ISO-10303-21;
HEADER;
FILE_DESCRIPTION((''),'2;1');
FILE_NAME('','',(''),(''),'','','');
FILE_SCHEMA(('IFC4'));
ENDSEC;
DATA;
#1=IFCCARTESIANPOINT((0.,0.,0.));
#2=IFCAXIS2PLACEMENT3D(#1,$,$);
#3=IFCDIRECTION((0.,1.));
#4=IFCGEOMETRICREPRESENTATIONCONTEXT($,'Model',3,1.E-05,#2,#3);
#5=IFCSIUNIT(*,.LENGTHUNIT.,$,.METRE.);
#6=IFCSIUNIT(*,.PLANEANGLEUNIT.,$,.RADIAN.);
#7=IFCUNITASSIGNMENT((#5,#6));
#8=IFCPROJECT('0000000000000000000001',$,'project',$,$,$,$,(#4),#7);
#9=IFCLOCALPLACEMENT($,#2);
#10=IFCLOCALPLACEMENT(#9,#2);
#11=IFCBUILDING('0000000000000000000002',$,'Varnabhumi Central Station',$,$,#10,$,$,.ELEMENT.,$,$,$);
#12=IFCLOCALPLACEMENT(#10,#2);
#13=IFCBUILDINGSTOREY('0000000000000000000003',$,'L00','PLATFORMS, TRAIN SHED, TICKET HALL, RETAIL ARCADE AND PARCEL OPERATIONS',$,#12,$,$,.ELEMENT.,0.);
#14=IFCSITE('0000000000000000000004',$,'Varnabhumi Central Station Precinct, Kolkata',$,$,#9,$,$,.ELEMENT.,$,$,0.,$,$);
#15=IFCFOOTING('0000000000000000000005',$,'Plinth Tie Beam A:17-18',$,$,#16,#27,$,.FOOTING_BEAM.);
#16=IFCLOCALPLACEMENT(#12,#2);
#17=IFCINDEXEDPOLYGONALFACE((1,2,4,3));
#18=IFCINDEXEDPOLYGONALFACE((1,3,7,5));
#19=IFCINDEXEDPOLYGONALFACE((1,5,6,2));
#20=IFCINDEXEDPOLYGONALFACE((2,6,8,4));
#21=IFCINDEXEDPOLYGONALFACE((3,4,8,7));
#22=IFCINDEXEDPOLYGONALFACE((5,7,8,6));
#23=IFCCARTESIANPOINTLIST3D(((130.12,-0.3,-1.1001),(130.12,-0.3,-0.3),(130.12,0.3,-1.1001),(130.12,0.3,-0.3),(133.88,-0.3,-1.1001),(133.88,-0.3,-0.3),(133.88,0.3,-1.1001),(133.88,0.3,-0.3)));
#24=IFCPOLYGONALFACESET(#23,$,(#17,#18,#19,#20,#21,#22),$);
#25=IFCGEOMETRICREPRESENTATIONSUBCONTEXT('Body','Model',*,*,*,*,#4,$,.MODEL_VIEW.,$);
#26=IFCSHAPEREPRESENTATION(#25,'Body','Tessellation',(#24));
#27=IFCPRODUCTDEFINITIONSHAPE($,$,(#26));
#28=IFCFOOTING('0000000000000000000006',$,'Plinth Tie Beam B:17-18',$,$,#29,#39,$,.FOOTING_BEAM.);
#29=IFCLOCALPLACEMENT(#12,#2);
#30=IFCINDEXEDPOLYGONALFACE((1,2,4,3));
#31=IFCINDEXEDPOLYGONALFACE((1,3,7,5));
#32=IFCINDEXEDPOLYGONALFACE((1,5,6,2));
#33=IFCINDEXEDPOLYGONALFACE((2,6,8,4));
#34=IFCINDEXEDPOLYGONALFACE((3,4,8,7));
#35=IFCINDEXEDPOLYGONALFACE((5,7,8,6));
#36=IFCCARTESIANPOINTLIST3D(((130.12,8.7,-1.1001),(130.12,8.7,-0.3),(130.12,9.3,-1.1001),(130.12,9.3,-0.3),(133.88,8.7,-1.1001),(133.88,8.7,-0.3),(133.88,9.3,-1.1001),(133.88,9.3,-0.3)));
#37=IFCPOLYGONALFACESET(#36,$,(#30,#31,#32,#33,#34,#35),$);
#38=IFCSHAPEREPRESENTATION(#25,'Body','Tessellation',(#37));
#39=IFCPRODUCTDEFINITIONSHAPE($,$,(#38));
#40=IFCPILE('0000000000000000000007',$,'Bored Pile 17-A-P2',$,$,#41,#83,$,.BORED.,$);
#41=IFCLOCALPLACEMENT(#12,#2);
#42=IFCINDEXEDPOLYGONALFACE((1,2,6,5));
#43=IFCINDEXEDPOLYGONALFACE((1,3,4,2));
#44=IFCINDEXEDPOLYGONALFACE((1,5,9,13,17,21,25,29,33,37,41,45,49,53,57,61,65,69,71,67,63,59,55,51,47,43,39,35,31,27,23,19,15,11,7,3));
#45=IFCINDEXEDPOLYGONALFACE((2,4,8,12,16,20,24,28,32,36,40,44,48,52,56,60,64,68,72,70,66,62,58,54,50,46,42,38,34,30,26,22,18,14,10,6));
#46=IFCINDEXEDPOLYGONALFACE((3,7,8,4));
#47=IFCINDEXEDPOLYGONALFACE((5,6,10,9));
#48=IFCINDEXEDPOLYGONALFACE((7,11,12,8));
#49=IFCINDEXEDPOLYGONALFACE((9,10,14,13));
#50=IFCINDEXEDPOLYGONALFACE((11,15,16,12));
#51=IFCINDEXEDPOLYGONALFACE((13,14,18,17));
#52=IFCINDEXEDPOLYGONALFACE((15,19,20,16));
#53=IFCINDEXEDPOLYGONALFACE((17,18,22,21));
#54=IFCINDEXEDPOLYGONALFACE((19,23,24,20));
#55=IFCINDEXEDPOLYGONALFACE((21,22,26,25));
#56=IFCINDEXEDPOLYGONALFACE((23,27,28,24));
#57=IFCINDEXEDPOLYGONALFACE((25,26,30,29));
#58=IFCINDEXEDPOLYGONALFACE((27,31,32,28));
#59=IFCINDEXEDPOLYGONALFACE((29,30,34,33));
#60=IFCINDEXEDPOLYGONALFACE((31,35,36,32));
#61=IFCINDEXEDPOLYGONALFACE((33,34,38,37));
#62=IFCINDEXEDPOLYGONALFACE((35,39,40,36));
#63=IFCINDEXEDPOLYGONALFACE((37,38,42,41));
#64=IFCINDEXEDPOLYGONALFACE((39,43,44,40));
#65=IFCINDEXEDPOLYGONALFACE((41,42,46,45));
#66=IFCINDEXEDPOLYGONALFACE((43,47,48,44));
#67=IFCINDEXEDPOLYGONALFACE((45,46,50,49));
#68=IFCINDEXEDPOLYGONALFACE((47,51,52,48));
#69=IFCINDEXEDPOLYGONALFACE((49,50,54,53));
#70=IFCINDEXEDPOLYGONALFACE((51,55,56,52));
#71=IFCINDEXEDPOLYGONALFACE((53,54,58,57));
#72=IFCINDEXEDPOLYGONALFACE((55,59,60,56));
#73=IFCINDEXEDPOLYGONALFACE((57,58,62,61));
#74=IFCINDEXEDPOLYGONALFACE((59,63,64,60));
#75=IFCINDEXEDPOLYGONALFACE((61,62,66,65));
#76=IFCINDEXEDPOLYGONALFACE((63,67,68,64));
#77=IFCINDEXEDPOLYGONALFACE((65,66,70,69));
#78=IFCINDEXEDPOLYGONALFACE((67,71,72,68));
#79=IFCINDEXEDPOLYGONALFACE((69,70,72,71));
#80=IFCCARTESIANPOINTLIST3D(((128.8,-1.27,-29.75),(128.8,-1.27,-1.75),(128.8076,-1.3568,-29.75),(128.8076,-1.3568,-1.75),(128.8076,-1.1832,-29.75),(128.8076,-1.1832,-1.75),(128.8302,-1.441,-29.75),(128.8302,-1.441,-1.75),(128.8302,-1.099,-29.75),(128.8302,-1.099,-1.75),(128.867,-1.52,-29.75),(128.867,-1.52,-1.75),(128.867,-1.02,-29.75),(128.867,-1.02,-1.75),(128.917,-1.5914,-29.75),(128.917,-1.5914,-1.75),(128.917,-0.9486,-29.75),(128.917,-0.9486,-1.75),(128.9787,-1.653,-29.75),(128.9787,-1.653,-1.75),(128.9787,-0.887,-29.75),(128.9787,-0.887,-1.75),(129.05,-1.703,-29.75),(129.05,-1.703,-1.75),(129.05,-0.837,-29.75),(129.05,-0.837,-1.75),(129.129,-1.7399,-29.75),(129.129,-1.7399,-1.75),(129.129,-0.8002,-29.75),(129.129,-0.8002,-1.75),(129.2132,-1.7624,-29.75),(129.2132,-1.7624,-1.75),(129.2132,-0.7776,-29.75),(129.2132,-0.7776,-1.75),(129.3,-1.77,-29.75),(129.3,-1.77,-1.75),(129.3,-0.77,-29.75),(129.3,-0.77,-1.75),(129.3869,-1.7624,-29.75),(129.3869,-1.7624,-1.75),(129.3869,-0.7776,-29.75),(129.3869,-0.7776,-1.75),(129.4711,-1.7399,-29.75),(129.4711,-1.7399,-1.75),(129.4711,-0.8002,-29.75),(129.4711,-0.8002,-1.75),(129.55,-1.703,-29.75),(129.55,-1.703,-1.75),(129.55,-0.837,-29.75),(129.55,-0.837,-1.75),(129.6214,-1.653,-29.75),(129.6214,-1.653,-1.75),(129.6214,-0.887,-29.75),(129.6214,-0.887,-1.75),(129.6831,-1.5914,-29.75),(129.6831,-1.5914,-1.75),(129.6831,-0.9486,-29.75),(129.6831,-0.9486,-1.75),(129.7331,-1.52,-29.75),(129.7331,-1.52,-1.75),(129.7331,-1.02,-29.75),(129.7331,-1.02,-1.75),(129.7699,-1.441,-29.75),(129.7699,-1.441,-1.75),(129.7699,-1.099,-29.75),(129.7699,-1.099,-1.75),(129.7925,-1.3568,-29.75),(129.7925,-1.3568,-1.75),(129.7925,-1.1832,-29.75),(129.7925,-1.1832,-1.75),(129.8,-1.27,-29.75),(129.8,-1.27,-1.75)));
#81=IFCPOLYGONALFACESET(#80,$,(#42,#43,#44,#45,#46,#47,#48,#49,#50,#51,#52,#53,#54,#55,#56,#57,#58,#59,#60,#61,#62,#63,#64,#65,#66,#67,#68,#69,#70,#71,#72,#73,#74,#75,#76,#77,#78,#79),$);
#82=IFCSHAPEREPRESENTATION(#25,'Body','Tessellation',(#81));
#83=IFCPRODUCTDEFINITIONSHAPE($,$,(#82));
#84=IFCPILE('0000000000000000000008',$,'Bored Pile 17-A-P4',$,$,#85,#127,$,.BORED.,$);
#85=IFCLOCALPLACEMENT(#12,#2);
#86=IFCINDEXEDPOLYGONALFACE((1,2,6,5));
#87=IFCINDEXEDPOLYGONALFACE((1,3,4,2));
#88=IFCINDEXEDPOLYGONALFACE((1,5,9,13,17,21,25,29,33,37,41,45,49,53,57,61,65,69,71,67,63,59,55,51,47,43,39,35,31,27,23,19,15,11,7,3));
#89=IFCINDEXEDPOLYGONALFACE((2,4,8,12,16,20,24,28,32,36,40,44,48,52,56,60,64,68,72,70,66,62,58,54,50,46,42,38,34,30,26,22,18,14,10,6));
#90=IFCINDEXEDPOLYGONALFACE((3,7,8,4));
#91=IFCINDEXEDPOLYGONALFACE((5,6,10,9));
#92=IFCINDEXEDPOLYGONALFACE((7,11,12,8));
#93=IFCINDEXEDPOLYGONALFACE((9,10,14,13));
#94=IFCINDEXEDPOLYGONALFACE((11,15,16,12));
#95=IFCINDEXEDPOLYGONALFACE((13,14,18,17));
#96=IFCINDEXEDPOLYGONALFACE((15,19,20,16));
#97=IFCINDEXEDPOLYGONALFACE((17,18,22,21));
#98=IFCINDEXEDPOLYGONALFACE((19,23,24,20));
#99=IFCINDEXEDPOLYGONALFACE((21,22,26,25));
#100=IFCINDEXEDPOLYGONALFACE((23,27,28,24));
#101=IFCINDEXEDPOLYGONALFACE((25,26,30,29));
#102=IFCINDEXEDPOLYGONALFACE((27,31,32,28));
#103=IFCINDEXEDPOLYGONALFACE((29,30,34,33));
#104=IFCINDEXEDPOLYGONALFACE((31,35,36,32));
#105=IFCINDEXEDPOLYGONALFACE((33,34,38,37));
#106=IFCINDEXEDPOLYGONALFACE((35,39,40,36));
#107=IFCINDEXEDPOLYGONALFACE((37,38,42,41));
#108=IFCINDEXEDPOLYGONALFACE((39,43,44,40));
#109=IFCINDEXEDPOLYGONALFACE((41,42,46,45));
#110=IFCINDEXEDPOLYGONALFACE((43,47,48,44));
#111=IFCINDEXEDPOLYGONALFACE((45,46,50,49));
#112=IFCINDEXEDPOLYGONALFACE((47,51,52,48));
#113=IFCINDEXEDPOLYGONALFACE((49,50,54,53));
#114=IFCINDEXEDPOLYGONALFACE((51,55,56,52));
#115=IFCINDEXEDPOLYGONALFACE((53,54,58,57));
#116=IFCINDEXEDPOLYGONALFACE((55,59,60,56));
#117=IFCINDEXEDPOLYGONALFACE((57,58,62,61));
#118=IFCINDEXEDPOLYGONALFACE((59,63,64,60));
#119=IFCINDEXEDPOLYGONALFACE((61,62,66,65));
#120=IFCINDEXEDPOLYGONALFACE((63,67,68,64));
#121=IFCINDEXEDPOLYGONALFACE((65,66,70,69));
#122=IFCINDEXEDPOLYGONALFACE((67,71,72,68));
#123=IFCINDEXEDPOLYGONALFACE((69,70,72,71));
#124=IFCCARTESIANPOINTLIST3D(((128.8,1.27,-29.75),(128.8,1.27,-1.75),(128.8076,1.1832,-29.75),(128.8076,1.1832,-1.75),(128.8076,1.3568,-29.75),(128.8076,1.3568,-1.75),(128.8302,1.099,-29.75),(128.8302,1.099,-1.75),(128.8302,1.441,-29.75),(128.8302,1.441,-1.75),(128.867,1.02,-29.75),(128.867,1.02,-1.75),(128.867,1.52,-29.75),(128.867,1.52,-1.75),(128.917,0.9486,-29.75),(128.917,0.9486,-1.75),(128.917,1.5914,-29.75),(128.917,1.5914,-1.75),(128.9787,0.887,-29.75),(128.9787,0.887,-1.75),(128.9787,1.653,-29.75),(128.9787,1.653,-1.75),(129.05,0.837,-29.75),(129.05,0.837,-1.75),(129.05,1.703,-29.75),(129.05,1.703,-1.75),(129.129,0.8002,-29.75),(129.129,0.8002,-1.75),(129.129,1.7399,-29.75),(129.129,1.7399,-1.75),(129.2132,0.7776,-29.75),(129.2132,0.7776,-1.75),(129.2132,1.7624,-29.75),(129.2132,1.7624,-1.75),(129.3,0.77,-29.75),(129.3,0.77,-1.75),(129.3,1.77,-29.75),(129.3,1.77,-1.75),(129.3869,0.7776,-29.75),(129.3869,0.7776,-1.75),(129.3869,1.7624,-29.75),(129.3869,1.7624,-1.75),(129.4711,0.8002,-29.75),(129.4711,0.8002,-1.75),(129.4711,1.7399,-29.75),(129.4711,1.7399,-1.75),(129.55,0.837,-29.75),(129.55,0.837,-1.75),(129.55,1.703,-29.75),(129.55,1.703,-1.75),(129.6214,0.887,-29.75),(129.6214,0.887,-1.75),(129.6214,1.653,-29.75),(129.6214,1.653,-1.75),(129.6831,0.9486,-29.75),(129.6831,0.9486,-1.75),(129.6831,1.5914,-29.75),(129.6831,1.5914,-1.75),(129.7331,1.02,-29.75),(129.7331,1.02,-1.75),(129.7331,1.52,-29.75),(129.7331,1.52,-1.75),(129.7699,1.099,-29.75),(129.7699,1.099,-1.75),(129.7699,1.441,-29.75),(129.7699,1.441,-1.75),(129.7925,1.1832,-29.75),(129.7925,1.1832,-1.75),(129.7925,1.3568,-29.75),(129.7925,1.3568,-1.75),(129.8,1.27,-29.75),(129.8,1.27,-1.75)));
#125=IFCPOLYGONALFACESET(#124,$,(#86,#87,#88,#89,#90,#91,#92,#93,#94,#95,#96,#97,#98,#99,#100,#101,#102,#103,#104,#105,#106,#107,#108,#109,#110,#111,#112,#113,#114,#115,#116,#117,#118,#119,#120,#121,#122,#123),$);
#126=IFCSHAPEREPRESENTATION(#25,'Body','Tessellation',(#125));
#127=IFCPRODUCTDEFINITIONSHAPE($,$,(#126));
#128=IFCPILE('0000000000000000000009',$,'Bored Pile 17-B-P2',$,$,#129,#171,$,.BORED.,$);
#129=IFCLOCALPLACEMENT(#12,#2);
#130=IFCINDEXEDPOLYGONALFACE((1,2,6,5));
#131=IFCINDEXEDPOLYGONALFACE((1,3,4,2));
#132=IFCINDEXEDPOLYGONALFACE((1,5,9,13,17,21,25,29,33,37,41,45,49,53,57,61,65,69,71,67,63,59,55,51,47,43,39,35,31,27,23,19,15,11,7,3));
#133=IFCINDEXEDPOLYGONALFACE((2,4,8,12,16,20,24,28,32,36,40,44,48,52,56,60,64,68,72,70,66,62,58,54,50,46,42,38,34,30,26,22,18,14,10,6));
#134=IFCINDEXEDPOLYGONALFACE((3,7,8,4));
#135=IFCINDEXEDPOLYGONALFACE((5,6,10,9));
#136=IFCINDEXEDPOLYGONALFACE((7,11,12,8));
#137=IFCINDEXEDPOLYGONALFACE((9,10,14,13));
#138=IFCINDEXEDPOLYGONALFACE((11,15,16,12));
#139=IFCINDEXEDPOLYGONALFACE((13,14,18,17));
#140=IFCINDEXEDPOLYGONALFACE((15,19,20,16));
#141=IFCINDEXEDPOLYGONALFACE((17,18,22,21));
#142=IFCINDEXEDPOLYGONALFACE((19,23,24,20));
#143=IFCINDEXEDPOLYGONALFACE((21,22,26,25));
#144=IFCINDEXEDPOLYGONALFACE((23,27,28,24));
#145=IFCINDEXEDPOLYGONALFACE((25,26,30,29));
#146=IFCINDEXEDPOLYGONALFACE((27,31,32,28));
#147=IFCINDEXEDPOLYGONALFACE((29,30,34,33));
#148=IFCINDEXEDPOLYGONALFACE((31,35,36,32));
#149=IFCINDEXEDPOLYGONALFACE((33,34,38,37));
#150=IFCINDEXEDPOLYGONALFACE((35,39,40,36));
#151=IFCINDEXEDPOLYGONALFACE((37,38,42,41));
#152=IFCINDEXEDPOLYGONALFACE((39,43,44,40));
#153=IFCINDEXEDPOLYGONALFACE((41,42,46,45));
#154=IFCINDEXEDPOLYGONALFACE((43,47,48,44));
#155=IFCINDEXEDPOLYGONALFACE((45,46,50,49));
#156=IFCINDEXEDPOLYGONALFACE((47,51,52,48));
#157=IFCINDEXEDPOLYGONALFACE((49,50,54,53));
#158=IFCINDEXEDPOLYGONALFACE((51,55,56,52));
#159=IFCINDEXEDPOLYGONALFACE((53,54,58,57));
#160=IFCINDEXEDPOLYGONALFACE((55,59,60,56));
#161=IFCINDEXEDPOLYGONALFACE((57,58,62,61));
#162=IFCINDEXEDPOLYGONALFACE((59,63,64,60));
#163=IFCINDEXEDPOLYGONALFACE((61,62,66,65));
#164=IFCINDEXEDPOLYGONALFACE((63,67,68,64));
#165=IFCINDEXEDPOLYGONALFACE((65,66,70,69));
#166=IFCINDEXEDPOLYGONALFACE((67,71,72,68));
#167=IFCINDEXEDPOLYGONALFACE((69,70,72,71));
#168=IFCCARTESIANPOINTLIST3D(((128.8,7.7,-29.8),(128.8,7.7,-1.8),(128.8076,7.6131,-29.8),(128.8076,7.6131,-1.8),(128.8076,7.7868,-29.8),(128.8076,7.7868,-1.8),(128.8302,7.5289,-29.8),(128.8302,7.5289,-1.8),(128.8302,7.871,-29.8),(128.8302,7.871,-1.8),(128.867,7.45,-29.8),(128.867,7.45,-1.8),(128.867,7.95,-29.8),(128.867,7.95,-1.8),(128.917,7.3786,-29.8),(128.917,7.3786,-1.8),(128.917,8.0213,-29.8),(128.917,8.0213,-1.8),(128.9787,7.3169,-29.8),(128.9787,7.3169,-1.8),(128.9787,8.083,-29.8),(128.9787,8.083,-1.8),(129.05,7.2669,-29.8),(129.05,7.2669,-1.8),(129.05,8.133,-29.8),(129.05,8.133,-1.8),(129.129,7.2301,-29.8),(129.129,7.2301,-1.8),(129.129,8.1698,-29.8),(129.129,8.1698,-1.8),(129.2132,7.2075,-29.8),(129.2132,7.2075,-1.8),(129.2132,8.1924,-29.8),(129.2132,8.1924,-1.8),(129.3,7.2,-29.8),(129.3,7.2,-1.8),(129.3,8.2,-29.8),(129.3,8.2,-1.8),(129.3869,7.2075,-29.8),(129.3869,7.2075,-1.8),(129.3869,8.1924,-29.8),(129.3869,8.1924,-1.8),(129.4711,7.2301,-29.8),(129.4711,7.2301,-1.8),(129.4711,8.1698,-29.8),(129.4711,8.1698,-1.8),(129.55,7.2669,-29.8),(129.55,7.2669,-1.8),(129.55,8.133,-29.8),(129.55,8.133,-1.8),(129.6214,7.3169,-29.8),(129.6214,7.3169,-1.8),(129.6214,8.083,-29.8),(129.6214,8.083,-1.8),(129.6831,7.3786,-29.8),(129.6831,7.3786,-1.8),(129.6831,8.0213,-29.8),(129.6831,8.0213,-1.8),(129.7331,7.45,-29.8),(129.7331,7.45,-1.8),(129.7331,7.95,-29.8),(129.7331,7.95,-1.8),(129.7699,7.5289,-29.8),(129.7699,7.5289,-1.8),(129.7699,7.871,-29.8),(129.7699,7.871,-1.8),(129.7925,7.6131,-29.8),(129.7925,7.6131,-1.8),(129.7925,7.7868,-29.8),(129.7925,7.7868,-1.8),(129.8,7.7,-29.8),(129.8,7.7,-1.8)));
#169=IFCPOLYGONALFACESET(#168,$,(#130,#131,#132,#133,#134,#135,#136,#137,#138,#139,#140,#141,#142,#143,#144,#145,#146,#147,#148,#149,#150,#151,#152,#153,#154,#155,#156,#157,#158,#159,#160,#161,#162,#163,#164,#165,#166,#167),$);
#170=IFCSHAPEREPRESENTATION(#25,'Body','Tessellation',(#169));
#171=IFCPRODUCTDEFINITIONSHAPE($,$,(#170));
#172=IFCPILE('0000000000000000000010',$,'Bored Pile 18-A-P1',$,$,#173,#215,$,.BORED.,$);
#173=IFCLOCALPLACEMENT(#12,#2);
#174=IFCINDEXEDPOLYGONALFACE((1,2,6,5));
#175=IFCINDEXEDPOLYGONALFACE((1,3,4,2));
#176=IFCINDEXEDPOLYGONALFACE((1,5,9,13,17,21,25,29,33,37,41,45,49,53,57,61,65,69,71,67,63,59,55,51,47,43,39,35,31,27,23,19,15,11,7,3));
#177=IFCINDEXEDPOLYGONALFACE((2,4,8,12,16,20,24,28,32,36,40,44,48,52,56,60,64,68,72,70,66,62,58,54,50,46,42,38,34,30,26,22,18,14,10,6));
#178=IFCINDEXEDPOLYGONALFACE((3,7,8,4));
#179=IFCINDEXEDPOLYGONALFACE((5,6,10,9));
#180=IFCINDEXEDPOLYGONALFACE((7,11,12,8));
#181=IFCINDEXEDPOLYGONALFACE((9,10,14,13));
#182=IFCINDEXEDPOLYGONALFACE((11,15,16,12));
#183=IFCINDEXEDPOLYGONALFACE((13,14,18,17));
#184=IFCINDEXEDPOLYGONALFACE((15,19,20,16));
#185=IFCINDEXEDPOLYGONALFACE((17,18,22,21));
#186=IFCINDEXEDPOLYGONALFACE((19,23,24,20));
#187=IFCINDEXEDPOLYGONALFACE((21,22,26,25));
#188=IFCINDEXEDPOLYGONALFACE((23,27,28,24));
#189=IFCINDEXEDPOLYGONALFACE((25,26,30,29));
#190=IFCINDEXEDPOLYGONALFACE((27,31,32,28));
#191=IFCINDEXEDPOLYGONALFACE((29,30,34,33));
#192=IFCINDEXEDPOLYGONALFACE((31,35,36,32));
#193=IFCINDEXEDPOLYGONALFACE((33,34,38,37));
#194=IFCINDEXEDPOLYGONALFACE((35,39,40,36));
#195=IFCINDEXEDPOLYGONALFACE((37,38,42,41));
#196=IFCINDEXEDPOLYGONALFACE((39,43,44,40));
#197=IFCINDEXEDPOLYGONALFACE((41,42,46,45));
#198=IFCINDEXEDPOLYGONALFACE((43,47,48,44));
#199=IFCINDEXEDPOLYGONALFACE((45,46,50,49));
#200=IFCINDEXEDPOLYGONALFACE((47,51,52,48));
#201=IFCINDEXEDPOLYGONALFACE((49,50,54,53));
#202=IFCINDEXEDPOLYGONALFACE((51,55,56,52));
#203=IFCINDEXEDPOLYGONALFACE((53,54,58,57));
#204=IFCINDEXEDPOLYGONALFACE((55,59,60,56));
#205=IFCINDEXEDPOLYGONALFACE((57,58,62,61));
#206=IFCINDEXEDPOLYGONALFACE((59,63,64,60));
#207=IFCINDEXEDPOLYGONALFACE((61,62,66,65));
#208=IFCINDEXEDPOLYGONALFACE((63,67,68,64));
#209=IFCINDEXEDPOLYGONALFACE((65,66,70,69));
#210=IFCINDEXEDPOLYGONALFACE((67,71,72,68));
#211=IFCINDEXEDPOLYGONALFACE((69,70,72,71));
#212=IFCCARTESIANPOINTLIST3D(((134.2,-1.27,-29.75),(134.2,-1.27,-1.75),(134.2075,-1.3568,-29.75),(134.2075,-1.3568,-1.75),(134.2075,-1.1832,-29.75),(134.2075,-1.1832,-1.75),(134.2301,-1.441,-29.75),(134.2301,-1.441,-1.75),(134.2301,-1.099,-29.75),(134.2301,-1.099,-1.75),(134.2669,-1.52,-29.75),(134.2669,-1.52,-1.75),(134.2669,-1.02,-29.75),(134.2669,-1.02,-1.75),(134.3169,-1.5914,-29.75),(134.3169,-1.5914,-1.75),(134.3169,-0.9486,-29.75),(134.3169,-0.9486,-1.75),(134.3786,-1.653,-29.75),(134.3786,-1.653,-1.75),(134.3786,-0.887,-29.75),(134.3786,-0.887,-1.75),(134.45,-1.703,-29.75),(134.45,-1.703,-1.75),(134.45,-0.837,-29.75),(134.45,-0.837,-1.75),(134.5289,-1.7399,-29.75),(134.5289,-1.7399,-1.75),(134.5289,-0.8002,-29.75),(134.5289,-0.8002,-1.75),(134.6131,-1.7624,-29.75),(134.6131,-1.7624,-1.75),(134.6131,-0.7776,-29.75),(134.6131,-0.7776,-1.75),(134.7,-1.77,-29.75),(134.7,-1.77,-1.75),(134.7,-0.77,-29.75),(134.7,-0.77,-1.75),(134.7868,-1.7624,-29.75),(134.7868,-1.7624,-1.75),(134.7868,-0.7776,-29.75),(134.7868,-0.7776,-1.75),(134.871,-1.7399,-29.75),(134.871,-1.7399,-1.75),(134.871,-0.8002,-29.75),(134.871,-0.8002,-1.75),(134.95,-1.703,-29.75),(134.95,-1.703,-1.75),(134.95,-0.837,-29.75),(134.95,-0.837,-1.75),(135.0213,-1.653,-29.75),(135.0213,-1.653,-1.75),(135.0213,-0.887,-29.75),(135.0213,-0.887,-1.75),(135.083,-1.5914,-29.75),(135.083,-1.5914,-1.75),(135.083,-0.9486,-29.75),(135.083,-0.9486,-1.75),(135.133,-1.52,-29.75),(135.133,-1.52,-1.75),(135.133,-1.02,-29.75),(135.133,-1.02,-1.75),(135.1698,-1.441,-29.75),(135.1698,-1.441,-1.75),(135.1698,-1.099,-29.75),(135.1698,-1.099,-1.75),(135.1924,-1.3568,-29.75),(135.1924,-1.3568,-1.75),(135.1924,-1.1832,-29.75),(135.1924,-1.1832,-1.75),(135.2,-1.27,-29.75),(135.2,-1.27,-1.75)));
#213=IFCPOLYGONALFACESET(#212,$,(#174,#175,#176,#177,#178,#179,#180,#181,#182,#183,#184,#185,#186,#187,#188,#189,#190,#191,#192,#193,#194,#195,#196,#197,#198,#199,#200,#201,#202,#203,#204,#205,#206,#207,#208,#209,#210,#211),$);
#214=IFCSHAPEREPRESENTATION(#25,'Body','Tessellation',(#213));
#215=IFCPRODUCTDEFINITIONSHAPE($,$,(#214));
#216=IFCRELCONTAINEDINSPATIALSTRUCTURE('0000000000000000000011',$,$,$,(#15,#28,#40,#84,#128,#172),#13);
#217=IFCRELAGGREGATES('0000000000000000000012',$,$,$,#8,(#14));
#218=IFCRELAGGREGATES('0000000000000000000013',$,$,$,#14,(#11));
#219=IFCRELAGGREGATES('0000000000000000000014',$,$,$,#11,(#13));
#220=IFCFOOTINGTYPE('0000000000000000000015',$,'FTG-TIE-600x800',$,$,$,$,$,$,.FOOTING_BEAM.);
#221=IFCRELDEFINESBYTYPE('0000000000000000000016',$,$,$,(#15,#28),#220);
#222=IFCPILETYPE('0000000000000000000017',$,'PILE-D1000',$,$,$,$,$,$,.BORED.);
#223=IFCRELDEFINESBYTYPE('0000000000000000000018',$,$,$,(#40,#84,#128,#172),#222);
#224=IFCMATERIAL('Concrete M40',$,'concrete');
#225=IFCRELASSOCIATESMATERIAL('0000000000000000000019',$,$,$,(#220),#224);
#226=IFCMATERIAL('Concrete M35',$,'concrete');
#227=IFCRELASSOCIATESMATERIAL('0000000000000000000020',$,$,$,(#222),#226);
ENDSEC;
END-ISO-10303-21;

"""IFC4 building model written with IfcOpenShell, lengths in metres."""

from ifc_helpers import new_model, si_unit, direction, frame, origin, origin_2d, place, context, subcontext, project, spatial, rectangle, circle, extrude, material, material_profile, profile_set, type_object, element, save


model = new_model("IFC4")

# Units and contexts
model_context = context("Model", 3, precision=1e-05, world=origin(), true_north=direction((0.0, 1.0)))
body_context = subcontext(model_context, "Body", "Model", "MODEL_VIEW")
ifc_project = project(units=[si_unit("LENGTHUNIT", "METRE"), si_unit("PLANEANGLEUNIT", "RADIAN")], contexts=[model_context])

# Site, building, storey
site_placement = place(None, origin())
site = spatial("IfcSite", under=ifc_project, at=site_placement, Name="Varnabhumi Central Station Precinct, Kolkata", CompositionType="ELEMENT", RefElevation=0.0)
building_placement = place(site_placement, origin())
building = spatial("IfcBuilding", under=site, at=building_placement, Name="Varnabhumi Central Station", CompositionType="ELEMENT")
storey_placement = place(building_placement, origin())
storey = spatial("IfcBuildingStorey", under=building, at=storey_placement, Name="L00", Description="PLATFORMS, TRAIN SHED, TICKET HALL, RETAIL ARCADE AND PARCEL OPERATIONS", CompositionType="ELEMENT", Elevation=0.0)

# Footings
ifc_material_1 = material(Name="Concrete M40", Category="concrete")
footing_type = type_object("IfcFootingType", Name="FTG-TIE-600x800", PredefinedType="FOOTING_BEAM", material=ifc_material_1)
for number, where, z_axis, x_axis, name in (
    (1, (132.0, 0.0, -1.1001), (0.0, 0.0, 1.0), (1.0, 0.0, 0.0), "Plinth Tie Beam A:17-18"),
    (2, (132.0, 9.0, -1.1001), (0.0, 0.0, 1.0), (1.0, 0.0, 0.0), "Plinth Tie Beam B:17-18"),
):
    element("IfcFooting", number, at=place(storey_placement, frame(where, z_axis=z_axis, x_axis=x_axis)), inside=storey, type_object=footing_type, Name=name, PredefinedType="FOOTING_BEAM", context=body_context, shape_type="SweptSolid", body=[
        extrude(rectangle(XDim=3.76, YDim=0.6001, at=origin_2d()), origin(), (0.0, 0.0, 1.0), 0.8),
    ])

# Piles
ifc_material_2 = material(Name="Concrete M35", Category="concrete")
ifc_material_profile_1 = material_profile(ifc_material_2, circle(Radius=0.5, at=origin_2d()), Name="Concrete M35", Category="concrete")
ifc_profile_set_1 = profile_set([ifc_material_profile_1], Name="Concrete M35")
pile_type = type_object("IfcPileType", Name="PILE-D1000", PredefinedType="BORED", material=ifc_profile_set_1)
for number, where, z_axis, x_axis, name in (
    (3, (129.3, -1.27, -1.75), (0.0, 0.0, -1.0), (1.0, 0.0, 0.0), "Bored Pile 17-A-P2"),
    (4, (129.3, 1.27, -1.75), (0.0, 0.0, -1.0), (1.0, 0.0, 0.0), "Bored Pile 17-A-P4"),
    (5, (129.3, 7.7, -1.8), (0.0, 0.0, -1.0), (1.0, 0.0, 0.0), "Bored Pile 17-B-P2"),
    (6, (134.7, -1.27, -1.75), (0.0, 0.0, -1.0), (1.0, 0.0, 0.0), "Bored Pile 18-A-P1"),
):
    element("IfcPile", number, at=place(storey_placement, frame(where, z_axis=z_axis, x_axis=x_axis)), inside=storey, type_object=pile_type, Name=name, PredefinedType="BORED", context=body_context, shape_type="SweptSolid", body=[
        extrude(circle(Radius=0.5, at=origin_2d()), origin(), (0.0, 0.0, 1.0), 28.0),
    ])

save(model, "model.ifc")
